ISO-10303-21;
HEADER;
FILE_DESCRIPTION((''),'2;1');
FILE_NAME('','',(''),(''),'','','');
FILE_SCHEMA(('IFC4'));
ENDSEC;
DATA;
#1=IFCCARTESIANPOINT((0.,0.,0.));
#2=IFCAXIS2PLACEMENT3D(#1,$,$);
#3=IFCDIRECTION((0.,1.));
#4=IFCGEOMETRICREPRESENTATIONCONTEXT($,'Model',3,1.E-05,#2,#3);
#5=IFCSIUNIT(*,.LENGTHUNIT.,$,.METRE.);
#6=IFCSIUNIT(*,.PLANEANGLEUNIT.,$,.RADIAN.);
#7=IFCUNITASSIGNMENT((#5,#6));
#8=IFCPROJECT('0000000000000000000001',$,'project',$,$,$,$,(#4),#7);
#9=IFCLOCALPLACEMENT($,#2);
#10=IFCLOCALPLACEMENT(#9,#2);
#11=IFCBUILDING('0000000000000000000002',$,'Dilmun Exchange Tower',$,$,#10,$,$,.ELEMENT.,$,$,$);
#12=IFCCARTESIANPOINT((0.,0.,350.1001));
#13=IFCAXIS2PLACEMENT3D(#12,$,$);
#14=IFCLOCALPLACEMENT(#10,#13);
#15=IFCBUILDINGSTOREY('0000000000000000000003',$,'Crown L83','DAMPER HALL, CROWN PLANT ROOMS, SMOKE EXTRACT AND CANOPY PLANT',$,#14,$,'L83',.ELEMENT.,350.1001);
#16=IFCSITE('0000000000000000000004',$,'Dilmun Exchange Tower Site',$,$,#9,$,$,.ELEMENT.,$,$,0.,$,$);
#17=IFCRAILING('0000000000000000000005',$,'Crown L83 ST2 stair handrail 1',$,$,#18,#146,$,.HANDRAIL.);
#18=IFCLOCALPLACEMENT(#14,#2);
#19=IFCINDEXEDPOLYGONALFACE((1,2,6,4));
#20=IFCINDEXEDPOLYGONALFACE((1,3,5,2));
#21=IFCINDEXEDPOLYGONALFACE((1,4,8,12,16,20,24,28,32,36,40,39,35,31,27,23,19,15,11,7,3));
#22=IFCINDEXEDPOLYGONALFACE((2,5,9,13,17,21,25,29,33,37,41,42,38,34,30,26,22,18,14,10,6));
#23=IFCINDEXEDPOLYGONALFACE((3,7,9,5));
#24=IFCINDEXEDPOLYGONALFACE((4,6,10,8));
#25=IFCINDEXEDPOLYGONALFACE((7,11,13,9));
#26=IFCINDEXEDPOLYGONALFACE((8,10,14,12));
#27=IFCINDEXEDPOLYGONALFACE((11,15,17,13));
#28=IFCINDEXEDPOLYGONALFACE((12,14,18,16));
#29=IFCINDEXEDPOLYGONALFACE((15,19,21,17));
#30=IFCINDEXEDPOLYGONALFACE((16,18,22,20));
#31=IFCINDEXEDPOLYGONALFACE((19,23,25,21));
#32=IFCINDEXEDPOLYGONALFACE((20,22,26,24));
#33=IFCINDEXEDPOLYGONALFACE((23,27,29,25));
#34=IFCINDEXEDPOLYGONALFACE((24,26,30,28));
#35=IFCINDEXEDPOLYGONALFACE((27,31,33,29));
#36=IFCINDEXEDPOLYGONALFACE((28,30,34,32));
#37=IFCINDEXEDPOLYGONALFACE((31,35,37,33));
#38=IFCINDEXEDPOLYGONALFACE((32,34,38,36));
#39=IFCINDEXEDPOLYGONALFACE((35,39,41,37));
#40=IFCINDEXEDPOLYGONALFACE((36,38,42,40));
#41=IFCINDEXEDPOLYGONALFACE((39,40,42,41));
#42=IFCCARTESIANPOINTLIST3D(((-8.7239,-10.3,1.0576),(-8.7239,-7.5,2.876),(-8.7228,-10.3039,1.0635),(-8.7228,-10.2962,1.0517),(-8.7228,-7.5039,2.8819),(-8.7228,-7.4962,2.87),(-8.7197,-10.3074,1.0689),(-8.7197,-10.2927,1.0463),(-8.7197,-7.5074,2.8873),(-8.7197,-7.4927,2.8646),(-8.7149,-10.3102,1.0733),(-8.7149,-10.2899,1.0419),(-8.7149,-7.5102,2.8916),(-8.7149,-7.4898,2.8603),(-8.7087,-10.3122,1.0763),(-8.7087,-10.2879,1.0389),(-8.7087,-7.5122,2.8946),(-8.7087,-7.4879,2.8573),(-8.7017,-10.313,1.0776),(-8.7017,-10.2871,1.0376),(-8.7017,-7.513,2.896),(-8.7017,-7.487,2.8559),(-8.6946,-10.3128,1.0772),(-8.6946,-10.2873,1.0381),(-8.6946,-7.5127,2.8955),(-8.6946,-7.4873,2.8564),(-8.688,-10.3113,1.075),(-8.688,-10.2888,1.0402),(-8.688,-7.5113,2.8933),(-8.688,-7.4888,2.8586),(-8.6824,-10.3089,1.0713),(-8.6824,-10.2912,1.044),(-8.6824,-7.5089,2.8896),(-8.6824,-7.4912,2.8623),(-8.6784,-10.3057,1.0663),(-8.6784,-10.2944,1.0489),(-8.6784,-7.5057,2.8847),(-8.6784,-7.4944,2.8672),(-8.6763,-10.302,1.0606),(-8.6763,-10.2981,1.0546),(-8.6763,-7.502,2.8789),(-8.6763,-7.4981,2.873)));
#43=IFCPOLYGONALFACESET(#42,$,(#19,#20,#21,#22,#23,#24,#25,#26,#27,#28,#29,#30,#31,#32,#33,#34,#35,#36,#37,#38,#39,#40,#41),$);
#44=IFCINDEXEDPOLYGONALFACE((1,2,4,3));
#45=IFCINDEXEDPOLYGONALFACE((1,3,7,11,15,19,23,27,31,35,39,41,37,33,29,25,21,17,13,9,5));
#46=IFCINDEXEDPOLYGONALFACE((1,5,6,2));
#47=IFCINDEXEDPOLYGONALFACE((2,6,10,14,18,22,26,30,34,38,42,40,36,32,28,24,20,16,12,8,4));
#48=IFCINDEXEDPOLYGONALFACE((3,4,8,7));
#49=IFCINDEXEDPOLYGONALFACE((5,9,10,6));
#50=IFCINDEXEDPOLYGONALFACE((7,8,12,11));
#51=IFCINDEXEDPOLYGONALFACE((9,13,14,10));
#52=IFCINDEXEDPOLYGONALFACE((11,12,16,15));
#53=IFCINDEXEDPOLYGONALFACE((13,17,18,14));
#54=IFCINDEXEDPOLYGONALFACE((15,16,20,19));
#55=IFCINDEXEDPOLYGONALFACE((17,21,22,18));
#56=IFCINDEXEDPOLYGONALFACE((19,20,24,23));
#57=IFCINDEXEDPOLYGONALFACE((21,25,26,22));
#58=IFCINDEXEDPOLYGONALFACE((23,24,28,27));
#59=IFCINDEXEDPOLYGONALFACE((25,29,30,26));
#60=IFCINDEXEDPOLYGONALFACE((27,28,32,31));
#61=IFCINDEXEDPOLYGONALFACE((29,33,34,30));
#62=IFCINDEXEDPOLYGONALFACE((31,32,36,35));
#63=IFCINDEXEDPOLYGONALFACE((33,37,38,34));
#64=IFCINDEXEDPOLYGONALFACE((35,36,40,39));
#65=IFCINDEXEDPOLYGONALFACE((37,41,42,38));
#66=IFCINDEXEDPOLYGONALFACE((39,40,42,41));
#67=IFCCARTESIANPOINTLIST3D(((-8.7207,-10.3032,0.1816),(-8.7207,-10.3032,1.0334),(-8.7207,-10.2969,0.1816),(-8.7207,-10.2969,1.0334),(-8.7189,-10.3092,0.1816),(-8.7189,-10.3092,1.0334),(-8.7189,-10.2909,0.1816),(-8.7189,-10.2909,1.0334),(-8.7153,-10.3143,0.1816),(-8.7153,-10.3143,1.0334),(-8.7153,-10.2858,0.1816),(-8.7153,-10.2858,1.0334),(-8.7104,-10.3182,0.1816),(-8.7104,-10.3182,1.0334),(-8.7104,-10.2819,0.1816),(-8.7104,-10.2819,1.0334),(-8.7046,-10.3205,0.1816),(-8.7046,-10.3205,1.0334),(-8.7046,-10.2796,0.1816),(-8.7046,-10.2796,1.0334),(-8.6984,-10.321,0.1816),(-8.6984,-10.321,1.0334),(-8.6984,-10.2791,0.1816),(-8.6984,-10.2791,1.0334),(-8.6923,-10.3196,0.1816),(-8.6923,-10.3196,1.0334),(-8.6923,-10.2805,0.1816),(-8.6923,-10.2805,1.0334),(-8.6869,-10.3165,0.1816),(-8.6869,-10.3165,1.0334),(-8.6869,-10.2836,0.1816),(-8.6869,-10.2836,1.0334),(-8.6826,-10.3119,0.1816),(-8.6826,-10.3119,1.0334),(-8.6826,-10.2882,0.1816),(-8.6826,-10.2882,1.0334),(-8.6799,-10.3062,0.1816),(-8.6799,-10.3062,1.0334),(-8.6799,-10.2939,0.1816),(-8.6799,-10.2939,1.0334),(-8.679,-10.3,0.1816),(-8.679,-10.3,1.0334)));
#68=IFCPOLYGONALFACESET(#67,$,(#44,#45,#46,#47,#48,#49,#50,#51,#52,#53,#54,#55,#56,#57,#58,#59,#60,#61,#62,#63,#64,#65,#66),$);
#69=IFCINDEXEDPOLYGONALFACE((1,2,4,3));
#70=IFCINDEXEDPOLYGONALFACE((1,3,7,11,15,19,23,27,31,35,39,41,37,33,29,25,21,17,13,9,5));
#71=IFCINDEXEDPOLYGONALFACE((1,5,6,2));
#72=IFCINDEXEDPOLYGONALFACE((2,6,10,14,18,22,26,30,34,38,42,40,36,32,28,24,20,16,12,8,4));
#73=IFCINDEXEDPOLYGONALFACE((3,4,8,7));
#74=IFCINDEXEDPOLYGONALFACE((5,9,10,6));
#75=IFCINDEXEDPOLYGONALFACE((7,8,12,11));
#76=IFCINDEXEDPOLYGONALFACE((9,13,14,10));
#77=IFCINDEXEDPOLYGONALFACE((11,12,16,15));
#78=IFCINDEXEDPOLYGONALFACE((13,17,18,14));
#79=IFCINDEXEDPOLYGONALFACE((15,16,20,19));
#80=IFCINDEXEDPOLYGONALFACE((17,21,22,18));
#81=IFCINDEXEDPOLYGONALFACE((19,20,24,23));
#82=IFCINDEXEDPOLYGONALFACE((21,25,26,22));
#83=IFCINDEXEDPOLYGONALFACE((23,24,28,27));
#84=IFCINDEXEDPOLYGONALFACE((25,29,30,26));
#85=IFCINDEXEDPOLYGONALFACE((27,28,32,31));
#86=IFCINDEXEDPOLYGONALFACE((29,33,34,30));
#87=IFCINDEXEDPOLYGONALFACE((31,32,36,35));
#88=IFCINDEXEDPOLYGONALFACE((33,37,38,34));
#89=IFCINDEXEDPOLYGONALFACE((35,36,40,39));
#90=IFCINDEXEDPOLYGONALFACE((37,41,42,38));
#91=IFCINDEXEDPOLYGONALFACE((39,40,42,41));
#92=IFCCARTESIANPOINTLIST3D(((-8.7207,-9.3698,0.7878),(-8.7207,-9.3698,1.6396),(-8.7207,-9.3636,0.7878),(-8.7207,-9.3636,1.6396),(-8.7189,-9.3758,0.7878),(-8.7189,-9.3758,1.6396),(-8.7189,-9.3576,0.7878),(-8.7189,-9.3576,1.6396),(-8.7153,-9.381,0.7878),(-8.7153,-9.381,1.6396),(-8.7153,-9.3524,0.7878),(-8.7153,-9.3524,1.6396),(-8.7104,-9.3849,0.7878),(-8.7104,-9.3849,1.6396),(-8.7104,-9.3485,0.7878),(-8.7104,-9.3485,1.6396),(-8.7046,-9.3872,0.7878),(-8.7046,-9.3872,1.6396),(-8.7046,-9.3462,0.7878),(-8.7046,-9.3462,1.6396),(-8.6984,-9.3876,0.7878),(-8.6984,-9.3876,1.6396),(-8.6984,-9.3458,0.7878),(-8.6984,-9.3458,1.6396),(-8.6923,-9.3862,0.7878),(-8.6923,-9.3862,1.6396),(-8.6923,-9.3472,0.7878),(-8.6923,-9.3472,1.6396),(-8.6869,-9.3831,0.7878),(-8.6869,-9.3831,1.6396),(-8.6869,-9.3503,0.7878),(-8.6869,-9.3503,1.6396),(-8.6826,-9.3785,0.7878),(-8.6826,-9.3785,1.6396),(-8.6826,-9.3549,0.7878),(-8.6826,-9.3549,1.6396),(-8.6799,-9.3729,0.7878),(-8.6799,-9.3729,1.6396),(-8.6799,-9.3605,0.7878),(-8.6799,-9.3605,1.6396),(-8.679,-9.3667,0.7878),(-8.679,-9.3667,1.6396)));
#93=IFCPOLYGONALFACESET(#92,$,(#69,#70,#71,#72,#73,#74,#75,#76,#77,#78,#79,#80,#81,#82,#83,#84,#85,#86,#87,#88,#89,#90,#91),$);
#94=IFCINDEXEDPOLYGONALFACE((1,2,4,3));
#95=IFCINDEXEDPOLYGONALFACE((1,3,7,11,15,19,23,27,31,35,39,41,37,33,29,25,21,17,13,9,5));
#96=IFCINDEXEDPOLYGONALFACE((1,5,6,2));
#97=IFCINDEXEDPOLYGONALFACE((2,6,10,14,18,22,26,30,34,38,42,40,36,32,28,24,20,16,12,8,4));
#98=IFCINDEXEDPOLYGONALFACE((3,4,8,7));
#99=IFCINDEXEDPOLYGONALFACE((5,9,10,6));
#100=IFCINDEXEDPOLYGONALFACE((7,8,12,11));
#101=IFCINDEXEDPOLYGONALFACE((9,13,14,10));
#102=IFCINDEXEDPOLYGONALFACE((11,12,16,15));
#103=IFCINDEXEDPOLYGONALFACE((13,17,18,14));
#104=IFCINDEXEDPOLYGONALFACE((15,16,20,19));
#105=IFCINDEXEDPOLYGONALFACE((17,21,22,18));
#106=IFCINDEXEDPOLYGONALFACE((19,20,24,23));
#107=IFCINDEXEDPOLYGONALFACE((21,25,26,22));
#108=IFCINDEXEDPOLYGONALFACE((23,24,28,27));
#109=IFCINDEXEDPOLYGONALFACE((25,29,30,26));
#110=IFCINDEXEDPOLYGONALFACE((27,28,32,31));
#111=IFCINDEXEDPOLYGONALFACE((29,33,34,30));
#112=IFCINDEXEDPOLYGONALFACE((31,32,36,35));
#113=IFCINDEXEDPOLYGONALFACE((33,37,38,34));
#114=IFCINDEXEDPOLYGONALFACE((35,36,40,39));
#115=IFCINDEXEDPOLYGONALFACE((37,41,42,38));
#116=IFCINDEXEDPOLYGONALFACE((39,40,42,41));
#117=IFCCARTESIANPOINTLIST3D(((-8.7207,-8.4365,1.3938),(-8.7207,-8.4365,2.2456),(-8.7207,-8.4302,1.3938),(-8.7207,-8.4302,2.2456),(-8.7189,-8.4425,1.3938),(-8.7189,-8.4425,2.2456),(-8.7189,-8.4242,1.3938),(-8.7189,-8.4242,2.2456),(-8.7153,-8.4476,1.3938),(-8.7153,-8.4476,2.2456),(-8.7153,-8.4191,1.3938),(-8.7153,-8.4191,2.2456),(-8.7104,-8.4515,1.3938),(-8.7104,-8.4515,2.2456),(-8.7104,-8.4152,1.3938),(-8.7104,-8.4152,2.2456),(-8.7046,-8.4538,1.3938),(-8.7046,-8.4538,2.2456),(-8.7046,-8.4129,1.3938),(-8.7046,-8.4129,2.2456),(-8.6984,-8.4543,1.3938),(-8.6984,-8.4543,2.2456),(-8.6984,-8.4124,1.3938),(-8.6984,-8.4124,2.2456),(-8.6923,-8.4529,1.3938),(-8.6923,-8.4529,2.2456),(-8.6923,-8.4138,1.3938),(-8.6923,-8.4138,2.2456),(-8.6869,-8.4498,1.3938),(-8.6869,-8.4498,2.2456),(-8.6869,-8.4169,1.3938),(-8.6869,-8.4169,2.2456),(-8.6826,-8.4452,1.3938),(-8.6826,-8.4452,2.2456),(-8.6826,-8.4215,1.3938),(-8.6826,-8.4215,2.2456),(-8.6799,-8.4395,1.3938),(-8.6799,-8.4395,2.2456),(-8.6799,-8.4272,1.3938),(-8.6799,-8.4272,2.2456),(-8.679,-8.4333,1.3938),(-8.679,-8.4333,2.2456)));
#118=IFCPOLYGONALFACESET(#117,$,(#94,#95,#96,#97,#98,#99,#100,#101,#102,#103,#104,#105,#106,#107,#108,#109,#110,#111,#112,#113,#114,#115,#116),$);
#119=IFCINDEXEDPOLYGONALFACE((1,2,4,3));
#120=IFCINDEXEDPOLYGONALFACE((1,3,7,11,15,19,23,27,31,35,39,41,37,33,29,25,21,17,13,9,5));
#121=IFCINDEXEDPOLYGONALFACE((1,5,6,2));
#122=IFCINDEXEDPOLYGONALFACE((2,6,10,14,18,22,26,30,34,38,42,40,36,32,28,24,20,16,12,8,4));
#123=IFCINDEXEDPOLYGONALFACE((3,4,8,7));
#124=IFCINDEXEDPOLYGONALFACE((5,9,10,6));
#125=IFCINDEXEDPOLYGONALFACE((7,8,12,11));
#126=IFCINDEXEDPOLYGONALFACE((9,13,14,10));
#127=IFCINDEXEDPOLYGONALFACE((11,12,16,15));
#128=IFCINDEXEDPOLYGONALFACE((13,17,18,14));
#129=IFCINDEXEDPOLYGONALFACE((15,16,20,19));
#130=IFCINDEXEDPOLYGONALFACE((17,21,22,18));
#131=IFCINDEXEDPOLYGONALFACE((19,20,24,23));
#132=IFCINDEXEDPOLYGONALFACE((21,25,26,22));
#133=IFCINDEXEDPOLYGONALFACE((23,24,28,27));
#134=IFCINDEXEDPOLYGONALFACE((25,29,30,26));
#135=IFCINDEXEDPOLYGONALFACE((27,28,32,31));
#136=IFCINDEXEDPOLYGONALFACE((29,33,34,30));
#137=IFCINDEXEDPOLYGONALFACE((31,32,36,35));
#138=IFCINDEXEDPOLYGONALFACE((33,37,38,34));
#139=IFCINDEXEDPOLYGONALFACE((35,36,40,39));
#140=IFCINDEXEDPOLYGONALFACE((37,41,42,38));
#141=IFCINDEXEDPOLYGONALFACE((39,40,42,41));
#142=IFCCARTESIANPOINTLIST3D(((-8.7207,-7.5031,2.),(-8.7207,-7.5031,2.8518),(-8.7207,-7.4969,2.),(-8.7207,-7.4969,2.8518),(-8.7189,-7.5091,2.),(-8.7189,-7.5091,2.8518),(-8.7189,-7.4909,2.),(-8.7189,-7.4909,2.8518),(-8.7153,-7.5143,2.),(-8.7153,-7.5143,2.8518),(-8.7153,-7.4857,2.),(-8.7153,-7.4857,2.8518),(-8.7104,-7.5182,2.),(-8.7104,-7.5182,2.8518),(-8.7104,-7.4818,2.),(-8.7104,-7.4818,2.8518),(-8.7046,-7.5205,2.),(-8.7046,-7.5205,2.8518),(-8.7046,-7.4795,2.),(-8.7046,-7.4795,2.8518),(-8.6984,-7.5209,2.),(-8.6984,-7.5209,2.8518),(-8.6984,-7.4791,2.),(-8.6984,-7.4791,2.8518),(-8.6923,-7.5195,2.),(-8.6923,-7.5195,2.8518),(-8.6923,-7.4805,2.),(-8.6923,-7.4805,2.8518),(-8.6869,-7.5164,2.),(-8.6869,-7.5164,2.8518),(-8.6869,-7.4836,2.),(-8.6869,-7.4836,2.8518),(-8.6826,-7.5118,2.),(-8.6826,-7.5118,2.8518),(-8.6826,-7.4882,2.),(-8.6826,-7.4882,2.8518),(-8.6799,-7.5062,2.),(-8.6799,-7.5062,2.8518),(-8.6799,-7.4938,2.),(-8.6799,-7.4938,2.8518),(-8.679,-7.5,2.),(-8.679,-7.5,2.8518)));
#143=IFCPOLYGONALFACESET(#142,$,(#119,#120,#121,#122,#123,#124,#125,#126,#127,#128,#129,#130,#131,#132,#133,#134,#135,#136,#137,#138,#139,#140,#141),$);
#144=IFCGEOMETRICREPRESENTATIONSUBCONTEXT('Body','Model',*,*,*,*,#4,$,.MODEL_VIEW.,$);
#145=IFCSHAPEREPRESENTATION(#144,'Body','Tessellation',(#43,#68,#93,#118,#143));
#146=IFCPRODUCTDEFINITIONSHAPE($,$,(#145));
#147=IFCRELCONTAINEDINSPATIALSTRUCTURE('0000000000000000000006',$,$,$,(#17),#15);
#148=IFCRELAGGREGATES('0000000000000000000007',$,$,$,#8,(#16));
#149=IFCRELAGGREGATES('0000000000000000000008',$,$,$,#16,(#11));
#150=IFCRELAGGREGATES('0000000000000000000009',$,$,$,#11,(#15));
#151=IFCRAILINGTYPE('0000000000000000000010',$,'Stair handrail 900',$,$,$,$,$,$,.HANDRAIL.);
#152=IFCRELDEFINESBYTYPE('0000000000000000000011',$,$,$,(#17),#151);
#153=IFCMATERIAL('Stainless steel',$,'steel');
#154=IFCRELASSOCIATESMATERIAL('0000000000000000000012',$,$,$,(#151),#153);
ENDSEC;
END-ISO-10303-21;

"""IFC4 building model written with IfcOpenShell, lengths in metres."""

from ifc_helpers import new_model, si_unit, direction, frame, origin, origin_2d, place, context, subcontext, project, spatial, circle, extrude, material, type_object, element, save


model = new_model("IFC4")

# Units and contexts
model_context = context("Model", 3, precision=1e-05, world=origin(), true_north=direction((0.0, 1.0)))
body_context = subcontext(model_context, "Body", "Model", "MODEL_VIEW")
ifc_project = project(units=[si_unit("LENGTHUNIT", "METRE"), si_unit("PLANEANGLEUNIT", "RADIAN")], contexts=[model_context])

# Site, building, storey
site_placement = place(None, origin())
site = spatial("IfcSite", under=ifc_project, at=site_placement, Name="Dilmun Exchange Tower Site", CompositionType="ELEMENT", RefElevation=0.0)
building_placement = place(site_placement, origin())
building = spatial("IfcBuilding", under=site, at=building_placement, Name="Dilmun Exchange Tower", CompositionType="ELEMENT")
storey_placement = place(building_placement, frame((0.0, 0.0, 350.1001)))
storey = spatial("IfcBuildingStorey", under=building, at=storey_placement, Name="Crown L83", Description="DAMPER HALL, CROWN PLANT ROOMS, SMOKE EXTRACT AND CANOPY PLANT", LongName="L83", CompositionType="ELEMENT", Elevation=350.1001)

# Railing
ifc_material_1 = material(Name="Stainless steel", Category="steel")
railing_type = type_object("IfcRailingType", Name="Stair handrail 900", PredefinedType="HANDRAIL", material=ifc_material_1)
railing_1_placement = place(storey_placement, frame((-8.7, -10.3, 0.1816)))
element("IfcRailing", 1, at=railing_1_placement, inside=storey, type_object=railing_type, Name="Crown L83 ST2 stair handrail 1", PredefinedType="HANDRAIL", context=body_context, shape_type="SweptSolid", body=[
    extrude(circle(Radius=0.0239, at=origin_2d()), frame((0.0, 0.0, 0.876), z_axis=(0.0, 0.838672, 0.544636), x_axis=(-1.0, 0.0, 0.0)), (0.0, 0.0, 1.0), 3.3386),
    extrude(circle(Radius=0.021, at=origin_2d()), origin(), (0.0, 0.0, 1.0), 0.8518),
    extrude(circle(Radius=0.021, at=origin_2d()), frame((0.0, 0.9333, 0.6062)), (0.0, 0.0, 1.0), 0.8518),
    extrude(circle(Radius=0.021, at=origin_2d()), frame((0.0, 1.8667, 1.2122)), (0.0, 0.0, 1.0), 0.8518),
    extrude(circle(Radius=0.021, at=origin_2d()), frame((0.0, 2.8, 1.8184)), (0.0, 0.0, 1.0), 0.8518),
])

save(model, "model.ifc")
